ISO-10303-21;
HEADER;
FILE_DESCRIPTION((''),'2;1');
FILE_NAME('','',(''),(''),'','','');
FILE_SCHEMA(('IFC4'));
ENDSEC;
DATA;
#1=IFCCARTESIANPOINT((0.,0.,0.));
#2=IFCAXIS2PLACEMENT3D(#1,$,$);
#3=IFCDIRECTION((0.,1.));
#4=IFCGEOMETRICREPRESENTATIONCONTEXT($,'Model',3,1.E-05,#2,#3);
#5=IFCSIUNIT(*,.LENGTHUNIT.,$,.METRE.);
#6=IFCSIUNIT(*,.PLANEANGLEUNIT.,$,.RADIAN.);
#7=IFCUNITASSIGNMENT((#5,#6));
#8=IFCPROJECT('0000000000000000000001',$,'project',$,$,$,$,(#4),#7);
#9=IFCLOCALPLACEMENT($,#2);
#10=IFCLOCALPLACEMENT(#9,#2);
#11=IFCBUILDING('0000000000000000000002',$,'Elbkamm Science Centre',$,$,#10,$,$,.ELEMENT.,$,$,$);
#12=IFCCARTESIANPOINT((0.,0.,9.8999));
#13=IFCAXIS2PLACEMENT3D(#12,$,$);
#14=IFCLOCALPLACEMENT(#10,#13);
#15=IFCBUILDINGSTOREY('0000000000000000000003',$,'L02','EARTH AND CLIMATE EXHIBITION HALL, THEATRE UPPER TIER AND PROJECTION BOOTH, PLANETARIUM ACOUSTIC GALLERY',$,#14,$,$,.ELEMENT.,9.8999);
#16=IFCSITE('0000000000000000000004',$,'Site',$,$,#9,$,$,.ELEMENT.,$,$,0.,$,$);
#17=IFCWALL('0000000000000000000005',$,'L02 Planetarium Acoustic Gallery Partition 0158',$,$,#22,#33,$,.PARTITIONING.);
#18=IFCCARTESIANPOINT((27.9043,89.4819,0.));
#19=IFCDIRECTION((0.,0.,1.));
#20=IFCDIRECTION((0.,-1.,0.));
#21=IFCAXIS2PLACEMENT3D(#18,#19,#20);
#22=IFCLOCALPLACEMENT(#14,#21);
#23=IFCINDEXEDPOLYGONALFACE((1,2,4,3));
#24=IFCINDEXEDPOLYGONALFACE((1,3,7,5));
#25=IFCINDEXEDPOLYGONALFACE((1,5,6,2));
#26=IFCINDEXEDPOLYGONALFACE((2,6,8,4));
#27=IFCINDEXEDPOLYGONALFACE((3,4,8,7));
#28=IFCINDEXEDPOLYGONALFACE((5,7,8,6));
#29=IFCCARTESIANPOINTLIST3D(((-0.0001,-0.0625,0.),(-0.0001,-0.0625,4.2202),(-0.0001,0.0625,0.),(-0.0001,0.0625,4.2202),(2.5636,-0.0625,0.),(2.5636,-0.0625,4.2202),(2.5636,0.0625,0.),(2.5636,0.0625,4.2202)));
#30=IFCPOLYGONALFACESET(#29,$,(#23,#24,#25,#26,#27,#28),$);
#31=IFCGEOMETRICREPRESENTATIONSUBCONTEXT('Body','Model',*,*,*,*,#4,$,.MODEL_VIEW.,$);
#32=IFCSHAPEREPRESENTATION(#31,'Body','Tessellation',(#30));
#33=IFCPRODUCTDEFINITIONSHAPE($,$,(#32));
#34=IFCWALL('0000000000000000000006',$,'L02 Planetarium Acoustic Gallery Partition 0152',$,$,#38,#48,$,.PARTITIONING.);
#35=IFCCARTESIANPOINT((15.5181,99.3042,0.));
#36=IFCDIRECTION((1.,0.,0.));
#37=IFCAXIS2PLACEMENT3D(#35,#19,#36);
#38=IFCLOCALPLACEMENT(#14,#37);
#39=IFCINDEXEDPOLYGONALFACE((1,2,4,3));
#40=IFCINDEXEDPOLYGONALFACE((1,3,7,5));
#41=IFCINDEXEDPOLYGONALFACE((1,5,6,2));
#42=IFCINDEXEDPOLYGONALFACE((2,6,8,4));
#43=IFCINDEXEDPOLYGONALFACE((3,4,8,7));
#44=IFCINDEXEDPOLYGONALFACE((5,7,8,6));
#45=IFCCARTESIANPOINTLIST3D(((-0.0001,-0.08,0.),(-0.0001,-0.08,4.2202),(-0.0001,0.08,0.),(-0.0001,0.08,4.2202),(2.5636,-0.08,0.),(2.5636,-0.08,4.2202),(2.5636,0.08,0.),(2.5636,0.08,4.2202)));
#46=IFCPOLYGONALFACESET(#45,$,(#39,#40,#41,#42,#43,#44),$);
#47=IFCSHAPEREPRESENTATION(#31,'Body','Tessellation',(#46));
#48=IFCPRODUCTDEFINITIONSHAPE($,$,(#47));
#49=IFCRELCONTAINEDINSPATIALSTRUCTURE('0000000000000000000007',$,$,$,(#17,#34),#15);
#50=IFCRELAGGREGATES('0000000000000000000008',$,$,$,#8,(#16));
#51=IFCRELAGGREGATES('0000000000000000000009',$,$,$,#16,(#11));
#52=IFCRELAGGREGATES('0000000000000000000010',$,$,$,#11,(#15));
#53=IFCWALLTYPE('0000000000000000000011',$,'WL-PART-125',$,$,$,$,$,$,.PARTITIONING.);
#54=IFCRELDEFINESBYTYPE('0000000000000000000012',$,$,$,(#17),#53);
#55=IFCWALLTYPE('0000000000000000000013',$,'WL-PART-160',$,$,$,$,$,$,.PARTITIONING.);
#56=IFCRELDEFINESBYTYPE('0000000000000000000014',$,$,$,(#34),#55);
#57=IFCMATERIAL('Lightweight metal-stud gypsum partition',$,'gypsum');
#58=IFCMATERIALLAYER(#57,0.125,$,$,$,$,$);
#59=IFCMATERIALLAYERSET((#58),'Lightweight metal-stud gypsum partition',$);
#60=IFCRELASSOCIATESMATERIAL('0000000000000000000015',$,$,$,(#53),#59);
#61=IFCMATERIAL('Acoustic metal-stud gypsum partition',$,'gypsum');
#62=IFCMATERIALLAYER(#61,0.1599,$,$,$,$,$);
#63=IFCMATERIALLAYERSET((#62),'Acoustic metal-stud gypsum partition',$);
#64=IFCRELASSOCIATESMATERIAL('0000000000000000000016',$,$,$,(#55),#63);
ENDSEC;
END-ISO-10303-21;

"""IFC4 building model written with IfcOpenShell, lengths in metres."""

from ifc_helpers import new_model, si_unit, direction, frame, frame_2d, origin, place, context, subcontext, project, spatial, rectangle, extrude, material, layer, layer_set, type_object, element, save


model = new_model("IFC4")

# Units and contexts
model_context = context("Model", 3, precision=1e-05, world=origin(), true_north=direction((0.0, 1.0)))
body_context = subcontext(model_context, "Body", "Model", "MODEL_VIEW")
ifc_project = project(units=[si_unit("LENGTHUNIT", "METRE"), si_unit("PLANEANGLEUNIT", "RADIAN")], contexts=[model_context])

# Site, building, storey
site_placement = place(None, origin())
site = spatial("IfcSite", under=ifc_project, at=site_placement, Name="Site", CompositionType="ELEMENT", RefElevation=0.0)
building_placement = place(site_placement, origin())
building = spatial("IfcBuilding", under=site, at=building_placement, Name="Elbkamm Science Centre", CompositionType="ELEMENT")
storey_placement = place(building_placement, frame((0.0, 0.0, 9.8999)))
storey = spatial("IfcBuildingStorey", under=building, at=storey_placement, Name="L02", Description="EARTH AND CLIMATE EXHIBITION HALL, THEATRE UPPER TIER AND PROJECTION BOOTH, PLANETARIUM ACOUSTIC GALLERY", CompositionType="ELEMENT", Elevation=9.8999)

# Walls
ifc_material_1 = material(Name="Lightweight metal-stud gypsum partition", Category="gypsum")
ifc_layer_1 = layer(ifc_material_1, 0.125)
ifc_layer_set_1 = layer_set([ifc_layer_1], Name="Lightweight metal-stud gypsum partition")
wall_type_1 = type_object("IfcWallType", Name="WL-PART-125", PredefinedType="PARTITIONING", material=ifc_layer_set_1)
for number, where, z_axis, x_axis, name in (
    (1, (27.9043, 89.4819, 0.0), (0.0, 0.0, 1.0), (0.0, -1.0, 0.0), "L02 Planetarium Acoustic Gallery Partition 0158"),
):
    element("IfcWall", number, at=place(storey_placement, frame(where, z_axis=z_axis, x_axis=x_axis)), inside=storey, type_object=wall_type_1, Name=name, PredefinedType="PARTITIONING", context=body_context, shape_type="SweptSolid", body=[
        extrude(rectangle(XDim=2.5637, YDim=0.125, at=frame_2d((1.2817, 0.0))), origin(), (0.0, 0.0, 1.0), 4.2202),
    ])
ifc_material_2 = material(Name="Acoustic metal-stud gypsum partition", Category="gypsum")
ifc_layer_2 = layer(ifc_material_2, 0.1599)
ifc_layer_set_2 = layer_set([ifc_layer_2], Name="Acoustic metal-stud gypsum partition")
wall_type_2 = type_object("IfcWallType", Name="WL-PART-160", PredefinedType="PARTITIONING", material=ifc_layer_set_2)
for number, where, z_axis, x_axis, name in (
    (2, (15.5181, 99.3042, 0.0), (0.0, 0.0, 1.0), (1.0, 0.0, 0.0), "L02 Planetarium Acoustic Gallery Partition 0152"),
):
    element("IfcWall", number, at=place(storey_placement, frame(where, z_axis=z_axis, x_axis=x_axis)), inside=storey, type_object=wall_type_2, Name=name, PredefinedType="PARTITIONING", context=body_context, shape_type="SweptSolid", body=[
        extrude(rectangle(XDim=2.5637, YDim=0.1599, at=frame_2d((1.2817, 0.0))), origin(), (0.0, 0.0, 1.0), 4.2202),
    ])

save(model, "model.ifc")
